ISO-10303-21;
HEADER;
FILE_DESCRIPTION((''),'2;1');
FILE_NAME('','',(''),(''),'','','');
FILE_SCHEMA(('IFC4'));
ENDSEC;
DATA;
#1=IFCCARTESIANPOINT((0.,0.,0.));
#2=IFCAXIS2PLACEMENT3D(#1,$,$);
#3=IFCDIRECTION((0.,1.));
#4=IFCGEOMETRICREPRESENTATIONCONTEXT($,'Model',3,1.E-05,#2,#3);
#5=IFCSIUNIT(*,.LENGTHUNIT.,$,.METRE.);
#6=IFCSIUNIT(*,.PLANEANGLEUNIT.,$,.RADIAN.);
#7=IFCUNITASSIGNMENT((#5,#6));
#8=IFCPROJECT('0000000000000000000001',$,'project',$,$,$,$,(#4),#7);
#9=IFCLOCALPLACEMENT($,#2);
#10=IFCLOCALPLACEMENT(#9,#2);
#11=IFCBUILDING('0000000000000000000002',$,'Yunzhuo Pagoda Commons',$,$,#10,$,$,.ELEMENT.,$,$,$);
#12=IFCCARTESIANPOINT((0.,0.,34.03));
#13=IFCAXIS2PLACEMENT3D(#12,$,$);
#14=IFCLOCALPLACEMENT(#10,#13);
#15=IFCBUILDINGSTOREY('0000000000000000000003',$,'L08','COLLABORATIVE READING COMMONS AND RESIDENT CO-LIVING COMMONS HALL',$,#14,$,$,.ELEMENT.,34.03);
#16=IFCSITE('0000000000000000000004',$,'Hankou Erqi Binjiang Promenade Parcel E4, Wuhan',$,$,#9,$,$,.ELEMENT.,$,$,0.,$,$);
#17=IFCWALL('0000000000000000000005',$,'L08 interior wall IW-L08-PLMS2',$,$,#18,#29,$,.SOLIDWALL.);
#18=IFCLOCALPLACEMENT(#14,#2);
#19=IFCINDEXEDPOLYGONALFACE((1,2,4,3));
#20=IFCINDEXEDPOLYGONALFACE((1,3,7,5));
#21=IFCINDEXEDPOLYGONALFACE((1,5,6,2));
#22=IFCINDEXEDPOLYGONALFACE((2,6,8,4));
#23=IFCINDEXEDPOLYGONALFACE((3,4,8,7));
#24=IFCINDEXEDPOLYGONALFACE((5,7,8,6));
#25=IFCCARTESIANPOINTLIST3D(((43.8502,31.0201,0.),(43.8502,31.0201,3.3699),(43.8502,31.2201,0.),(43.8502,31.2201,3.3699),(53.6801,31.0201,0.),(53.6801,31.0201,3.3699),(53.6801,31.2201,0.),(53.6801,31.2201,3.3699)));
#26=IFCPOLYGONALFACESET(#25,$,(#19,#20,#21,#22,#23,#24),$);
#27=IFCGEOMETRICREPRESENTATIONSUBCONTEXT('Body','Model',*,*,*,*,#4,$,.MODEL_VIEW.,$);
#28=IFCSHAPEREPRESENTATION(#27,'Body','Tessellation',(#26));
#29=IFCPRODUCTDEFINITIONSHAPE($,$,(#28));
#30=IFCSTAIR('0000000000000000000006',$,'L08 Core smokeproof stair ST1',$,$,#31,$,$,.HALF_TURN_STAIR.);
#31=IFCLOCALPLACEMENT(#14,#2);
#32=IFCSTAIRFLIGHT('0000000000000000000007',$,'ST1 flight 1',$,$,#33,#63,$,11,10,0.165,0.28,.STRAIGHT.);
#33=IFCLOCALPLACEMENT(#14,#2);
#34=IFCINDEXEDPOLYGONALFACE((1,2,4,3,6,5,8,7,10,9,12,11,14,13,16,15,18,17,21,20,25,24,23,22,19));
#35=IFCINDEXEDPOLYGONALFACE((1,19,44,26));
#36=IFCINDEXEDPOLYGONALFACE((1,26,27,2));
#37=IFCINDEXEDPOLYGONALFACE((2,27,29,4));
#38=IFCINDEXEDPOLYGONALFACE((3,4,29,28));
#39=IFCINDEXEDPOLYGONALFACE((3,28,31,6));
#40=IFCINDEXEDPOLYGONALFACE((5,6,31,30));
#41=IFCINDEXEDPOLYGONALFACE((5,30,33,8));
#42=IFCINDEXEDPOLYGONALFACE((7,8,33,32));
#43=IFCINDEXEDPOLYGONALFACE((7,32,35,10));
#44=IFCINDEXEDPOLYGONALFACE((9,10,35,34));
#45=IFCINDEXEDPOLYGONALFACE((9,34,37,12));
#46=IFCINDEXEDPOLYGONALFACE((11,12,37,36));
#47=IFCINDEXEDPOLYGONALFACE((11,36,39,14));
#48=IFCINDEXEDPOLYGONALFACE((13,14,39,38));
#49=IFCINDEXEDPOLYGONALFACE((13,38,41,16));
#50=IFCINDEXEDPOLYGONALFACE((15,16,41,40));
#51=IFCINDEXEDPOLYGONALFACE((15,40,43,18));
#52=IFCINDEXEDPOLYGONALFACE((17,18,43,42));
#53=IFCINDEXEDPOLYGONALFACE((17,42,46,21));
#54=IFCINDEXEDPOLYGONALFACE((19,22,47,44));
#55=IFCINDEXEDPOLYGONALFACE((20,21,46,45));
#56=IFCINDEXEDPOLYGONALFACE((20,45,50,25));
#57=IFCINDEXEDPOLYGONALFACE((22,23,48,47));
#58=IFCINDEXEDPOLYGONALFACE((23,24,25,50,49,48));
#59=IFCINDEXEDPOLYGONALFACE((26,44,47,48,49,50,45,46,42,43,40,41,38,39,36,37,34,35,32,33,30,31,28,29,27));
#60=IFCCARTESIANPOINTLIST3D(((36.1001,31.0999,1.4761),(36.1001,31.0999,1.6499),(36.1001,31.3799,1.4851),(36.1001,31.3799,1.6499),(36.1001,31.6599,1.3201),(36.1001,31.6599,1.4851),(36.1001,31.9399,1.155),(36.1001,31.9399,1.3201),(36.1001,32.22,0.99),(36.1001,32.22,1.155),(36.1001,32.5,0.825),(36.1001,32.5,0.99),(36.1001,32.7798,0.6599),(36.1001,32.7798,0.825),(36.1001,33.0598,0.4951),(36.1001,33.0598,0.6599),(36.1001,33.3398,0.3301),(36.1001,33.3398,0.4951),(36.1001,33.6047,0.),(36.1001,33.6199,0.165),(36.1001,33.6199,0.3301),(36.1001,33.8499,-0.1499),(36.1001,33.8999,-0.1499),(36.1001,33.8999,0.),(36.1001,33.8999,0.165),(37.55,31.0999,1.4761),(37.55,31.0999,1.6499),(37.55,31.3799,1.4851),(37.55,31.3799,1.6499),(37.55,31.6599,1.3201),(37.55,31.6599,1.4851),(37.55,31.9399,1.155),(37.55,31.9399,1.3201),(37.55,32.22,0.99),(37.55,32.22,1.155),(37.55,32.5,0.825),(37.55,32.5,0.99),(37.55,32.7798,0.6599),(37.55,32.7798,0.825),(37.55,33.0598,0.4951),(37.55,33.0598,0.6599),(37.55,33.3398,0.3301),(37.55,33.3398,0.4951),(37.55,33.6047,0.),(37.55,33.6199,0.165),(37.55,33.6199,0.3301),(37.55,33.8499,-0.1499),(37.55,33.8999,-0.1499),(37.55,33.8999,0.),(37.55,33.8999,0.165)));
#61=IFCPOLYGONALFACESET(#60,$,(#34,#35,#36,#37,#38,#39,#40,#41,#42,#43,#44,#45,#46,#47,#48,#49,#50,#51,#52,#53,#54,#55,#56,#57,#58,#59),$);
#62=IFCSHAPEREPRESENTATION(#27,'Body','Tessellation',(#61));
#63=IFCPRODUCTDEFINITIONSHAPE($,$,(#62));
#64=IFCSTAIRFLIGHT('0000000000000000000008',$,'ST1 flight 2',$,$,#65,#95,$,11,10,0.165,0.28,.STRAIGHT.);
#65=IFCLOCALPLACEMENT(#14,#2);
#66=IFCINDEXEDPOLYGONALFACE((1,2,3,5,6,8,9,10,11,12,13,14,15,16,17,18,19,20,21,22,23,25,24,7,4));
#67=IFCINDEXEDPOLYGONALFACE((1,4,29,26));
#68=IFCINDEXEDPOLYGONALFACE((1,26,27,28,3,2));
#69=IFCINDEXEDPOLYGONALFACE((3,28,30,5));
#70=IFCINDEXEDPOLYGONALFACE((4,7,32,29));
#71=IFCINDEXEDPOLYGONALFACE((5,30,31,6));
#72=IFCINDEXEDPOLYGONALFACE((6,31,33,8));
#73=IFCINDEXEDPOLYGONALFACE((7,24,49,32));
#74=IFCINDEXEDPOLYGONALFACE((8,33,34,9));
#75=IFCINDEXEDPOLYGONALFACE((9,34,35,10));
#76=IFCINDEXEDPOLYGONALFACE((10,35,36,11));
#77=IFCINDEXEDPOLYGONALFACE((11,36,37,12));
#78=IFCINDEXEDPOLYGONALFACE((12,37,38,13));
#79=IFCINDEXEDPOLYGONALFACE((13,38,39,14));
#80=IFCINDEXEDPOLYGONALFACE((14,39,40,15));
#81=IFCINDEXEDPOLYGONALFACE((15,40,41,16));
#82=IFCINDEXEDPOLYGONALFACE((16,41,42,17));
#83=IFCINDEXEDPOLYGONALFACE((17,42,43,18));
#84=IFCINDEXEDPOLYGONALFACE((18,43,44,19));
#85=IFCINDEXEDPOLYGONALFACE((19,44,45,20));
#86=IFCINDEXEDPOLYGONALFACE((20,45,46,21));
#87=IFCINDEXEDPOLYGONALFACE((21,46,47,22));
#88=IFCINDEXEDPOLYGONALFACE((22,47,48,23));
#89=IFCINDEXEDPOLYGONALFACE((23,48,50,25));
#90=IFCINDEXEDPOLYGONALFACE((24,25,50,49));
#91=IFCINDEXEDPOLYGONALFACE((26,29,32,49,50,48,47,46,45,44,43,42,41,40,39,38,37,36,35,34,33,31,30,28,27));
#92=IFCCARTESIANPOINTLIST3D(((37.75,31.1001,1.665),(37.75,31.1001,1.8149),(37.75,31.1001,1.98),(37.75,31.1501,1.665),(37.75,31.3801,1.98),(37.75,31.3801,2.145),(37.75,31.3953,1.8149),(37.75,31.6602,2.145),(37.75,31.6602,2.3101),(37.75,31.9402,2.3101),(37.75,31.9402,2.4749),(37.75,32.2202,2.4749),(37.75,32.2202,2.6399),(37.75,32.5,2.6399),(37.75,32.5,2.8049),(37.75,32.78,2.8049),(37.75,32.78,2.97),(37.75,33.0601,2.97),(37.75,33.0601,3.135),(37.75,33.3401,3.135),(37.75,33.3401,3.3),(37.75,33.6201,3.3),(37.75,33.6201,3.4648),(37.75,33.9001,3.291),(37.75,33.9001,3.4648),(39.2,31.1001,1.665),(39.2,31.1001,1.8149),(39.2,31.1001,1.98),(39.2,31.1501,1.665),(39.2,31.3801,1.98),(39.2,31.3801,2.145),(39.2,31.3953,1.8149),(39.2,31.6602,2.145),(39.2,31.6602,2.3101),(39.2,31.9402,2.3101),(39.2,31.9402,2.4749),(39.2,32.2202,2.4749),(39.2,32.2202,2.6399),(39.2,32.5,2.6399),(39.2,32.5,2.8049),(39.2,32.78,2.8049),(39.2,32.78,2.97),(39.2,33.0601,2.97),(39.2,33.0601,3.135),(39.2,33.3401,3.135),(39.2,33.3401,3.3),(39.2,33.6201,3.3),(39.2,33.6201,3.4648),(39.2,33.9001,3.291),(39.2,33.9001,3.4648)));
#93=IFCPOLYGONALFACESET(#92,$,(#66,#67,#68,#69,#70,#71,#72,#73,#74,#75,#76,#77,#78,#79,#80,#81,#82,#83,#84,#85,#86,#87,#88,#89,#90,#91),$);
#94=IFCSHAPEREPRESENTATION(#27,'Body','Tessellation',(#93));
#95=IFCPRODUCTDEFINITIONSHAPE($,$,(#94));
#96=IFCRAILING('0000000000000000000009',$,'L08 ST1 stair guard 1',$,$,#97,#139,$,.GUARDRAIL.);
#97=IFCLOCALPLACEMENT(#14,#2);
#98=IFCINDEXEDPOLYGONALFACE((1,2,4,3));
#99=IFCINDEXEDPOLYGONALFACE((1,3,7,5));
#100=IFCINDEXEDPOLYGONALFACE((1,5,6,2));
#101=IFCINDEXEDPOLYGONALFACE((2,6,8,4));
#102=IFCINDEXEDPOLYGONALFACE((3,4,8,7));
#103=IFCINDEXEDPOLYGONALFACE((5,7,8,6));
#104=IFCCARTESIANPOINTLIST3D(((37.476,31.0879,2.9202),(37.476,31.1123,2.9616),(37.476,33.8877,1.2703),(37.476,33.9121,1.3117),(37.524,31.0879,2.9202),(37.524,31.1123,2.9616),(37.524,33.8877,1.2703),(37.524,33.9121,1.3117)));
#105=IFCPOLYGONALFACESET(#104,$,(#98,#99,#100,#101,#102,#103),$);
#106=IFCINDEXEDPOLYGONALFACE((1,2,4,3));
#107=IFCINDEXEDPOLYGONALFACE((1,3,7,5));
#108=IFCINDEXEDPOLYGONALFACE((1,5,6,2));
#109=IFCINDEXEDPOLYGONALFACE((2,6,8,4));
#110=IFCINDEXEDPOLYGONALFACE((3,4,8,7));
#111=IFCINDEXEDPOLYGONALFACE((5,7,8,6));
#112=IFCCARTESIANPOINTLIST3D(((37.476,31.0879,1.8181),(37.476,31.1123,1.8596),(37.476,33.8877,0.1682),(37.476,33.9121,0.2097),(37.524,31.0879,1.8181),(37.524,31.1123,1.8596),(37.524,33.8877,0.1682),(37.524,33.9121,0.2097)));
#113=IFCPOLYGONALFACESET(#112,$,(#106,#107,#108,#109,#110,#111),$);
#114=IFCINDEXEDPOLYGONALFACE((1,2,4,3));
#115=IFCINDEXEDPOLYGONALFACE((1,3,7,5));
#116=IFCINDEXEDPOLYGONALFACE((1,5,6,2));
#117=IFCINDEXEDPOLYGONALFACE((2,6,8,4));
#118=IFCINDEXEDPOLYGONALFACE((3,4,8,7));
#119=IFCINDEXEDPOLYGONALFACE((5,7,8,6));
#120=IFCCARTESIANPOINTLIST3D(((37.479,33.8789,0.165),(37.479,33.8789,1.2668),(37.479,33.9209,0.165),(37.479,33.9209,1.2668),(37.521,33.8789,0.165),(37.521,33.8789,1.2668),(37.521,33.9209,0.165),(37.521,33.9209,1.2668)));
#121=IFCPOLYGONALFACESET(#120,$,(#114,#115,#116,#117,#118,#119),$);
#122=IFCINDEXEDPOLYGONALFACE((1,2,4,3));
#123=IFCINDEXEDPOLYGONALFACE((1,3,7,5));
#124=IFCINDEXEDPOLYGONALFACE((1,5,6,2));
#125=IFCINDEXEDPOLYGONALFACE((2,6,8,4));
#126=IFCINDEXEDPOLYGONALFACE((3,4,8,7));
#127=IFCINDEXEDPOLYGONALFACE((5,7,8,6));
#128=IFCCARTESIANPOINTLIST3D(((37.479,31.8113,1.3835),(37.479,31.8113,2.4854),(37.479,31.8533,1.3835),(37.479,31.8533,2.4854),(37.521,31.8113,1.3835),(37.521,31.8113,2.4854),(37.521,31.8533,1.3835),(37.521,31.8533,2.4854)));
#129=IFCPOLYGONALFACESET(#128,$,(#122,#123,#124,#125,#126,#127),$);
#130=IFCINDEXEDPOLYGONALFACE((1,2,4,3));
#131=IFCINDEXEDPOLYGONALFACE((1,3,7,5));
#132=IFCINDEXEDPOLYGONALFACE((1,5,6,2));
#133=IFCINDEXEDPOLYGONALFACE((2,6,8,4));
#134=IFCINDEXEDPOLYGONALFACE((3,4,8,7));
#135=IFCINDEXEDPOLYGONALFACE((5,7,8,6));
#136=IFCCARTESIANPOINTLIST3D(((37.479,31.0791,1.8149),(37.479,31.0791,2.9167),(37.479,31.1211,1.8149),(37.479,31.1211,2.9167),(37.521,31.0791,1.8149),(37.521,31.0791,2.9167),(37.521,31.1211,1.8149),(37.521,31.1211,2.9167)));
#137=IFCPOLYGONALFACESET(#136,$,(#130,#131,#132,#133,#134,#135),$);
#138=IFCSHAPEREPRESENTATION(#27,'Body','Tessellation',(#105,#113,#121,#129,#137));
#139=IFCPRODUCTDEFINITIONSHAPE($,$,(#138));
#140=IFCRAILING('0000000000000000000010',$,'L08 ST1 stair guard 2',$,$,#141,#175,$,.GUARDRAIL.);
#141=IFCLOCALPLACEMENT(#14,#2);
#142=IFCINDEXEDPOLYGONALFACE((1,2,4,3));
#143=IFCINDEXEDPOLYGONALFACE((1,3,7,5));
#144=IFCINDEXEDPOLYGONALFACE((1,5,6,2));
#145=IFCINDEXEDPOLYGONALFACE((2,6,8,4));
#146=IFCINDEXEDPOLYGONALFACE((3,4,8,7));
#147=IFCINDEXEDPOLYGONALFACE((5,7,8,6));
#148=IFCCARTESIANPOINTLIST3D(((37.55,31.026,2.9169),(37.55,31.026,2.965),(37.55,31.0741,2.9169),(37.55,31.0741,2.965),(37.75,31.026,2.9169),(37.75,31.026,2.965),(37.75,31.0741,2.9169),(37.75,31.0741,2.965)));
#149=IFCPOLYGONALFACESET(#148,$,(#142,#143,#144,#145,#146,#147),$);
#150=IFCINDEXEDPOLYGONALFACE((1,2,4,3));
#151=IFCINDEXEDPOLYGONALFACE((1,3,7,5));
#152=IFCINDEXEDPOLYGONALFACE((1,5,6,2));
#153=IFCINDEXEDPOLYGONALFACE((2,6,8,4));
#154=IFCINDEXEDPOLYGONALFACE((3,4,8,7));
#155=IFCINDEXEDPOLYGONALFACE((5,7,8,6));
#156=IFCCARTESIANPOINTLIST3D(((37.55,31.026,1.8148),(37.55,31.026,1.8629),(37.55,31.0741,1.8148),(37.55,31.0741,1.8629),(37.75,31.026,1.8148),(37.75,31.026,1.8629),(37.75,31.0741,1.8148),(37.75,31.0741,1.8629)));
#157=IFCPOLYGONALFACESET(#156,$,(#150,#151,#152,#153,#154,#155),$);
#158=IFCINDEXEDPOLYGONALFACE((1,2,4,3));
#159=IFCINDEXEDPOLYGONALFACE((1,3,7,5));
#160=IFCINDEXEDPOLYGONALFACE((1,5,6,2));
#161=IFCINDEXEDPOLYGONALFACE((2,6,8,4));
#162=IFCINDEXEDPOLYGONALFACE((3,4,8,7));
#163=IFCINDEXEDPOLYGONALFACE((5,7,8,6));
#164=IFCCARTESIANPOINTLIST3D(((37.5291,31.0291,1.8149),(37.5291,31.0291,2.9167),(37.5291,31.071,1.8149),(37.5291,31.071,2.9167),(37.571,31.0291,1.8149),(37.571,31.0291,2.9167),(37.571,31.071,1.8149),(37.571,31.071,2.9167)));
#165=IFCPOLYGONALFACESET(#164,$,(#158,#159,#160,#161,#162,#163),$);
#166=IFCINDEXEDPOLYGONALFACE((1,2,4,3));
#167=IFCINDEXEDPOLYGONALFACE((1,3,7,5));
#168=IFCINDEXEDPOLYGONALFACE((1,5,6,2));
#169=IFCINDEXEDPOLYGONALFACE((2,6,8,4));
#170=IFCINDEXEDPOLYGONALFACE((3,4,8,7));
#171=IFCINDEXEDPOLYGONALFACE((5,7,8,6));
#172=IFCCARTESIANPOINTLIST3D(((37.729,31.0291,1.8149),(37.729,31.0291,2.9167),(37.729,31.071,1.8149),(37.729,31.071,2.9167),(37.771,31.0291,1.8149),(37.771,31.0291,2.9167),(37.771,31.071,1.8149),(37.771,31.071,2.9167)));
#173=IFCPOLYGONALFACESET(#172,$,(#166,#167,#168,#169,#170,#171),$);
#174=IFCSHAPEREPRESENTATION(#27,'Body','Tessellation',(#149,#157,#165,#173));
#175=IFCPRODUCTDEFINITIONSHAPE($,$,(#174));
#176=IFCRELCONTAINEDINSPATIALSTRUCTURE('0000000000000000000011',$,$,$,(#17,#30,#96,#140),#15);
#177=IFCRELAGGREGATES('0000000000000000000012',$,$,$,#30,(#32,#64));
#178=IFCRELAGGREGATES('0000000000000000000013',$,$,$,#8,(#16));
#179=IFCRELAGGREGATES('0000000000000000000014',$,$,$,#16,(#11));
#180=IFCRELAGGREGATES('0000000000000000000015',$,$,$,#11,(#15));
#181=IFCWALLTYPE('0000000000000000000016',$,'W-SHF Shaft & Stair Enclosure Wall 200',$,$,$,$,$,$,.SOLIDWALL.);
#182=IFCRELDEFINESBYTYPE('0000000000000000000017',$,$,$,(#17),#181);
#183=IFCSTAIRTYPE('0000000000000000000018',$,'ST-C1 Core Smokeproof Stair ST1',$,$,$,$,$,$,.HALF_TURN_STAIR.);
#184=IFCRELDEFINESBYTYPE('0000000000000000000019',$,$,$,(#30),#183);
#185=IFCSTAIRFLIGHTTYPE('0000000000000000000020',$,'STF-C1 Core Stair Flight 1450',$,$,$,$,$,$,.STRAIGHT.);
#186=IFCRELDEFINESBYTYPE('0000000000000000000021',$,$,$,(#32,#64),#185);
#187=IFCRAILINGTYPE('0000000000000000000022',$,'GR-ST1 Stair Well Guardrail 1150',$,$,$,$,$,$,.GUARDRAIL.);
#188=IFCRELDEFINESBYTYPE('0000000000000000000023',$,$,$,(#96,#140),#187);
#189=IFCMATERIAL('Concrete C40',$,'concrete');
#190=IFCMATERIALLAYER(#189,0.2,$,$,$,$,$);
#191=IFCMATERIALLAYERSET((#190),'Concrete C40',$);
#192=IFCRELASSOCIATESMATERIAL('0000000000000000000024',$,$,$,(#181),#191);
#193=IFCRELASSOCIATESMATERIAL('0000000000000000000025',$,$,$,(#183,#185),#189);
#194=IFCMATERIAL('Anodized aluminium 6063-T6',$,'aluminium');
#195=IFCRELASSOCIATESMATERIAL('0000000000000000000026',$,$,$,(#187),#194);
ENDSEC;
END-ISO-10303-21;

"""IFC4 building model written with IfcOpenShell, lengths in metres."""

from ifc_helpers import new_model, si_unit, direction, frame, frame_2d, origin, origin_2d, place, context, subcontext, project, spatial, polyline, rectangle, outline, extrude, source, transform, mapped, material, layer, layer_set, type_object, element, aggregate, save


model = new_model("IFC4")

# Units and contexts
model_context = context("Model", 3, precision=1e-05, world=origin(), true_north=direction((0.0, 1.0)))
body_context = subcontext(model_context, "Body", "Model", "MODEL_VIEW")
ifc_project = project(units=[si_unit("LENGTHUNIT", "METRE"), si_unit("PLANEANGLEUNIT", "RADIAN")], contexts=[model_context])

# Site, building, storey
site_placement = place(None, origin())
site = spatial("IfcSite", under=ifc_project, at=site_placement, Name="Hankou Erqi Binjiang Promenade Parcel E4, Wuhan", CompositionType="ELEMENT", RefElevation=0.0)
building_placement = place(site_placement, origin())
building = spatial("IfcBuilding", under=site, at=building_placement, Name="Yunzhuo Pagoda Commons", CompositionType="ELEMENT")
storey_placement = place(building_placement, frame((0.0, 0.0, 34.03)))
storey = spatial("IfcBuildingStorey", under=building, at=storey_placement, Name="L08", Description="COLLABORATIVE READING COMMONS AND RESIDENT CO-LIVING COMMONS HALL", CompositionType="ELEMENT", Elevation=34.03)

# Shared definitions
ifc_material_1 = material(Name="Concrete C40", Category="concrete")
ifc_layer_1 = layer(ifc_material_1, 0.2)
ifc_layer_set_1 = layer_set([ifc_layer_1], Name="Concrete C40")
wall_type_1 = type_object("IfcWallType", Name="W-SHF Shaft & Stair Enclosure Wall 200", PredefinedType="SOLIDWALL", material=ifc_layer_set_1)

# Wall
wall_1_placement = place(storey_placement, frame((43.8501, 31.1201, 0.0), z_axis=(0.0, 0.0, 1.0), x_axis=(1.0, 0.0, 0.0)))
element("IfcWall", 1, at=wall_1_placement, inside=storey, type_object=wall_type_1, Name="L08 interior wall IW-L08-PLMS2", PredefinedType="SOLIDWALL", context=body_context, shape_type="SweptSolid", body=[
    extrude(rectangle(XDim=9.8298, YDim=0.2, at=frame_2d((4.915, 0.0))), origin(), (0.0, 0.0, 1.0), 3.3699),
])

# Stair, stair flights
stair_type = type_object("IfcStairType", Name="ST-C1 Core Smokeproof Stair ST1", PredefinedType="HALF_TURN_STAIR", material=ifc_material_1)
stair_placement = place(storey_placement, origin())
stair = element("IfcStair", 2, at=stair_placement, inside=storey, type_object=stair_type, Name="L08 Core smokeproof stair ST1", PredefinedType="HALF_TURN_STAIR")
stair_flight_type = type_object("IfcStairFlightType", Name="STF-C1 Core Stair Flight 1450", PredefinedType="STRAIGHT", material=ifc_material_1)
shared_shape_1 = source(origin(), body_context, "Body", "SweptSolid", [
    extrude(outline(polyline([(0.0, -0.1499), (0.0, 0.0), (0.0, 0.165), (0.28, 0.165), (0.28, 0.3301), (0.5601, 0.3301), (0.5601, 0.4951), (0.8401, 0.4951), (0.8401, 0.6599), (1.1201, 0.6599), (1.1201, 0.825), (1.3999, 0.825), (1.3999, 0.99), (1.6799, 0.99), (1.6799, 1.155), (1.96, 1.155), (1.96, 1.3201), (2.24, 1.3201), (2.24, 1.4851), (2.52, 1.4851), (2.52, 1.6499), (2.8, 1.6499), (2.8, 1.8149), (2.8, 1.4761), (0.2952, 0.0), (0.05, -0.1499), (0.0, -0.1499)])), frame((0.0, 0.7251, 0.0), z_axis=(0.0, -1.0, 0.0), x_axis=(1.0, 0.0, 0.0)), (0.0, 0.0, 1.0), 1.45),
])
stair_flight_1_placement = place(storey_placement, frame((36.825, 33.8999, 0.0), z_axis=(0.0, 0.0, 1.0), x_axis=(0.0, -1.0, 0.0)))
stair_flight_1 = element("IfcStairFlight", 3, at=stair_flight_1_placement, type_object=stair_flight_type, Name="ST1 flight 1", NumberOfRisers=11, NumberOfTreads=10, PredefinedType="STRAIGHT", RiserHeight=0.165, TreadLength=0.28, context=body_context, shape_type="MappedRepresentation", body=[
    mapped(shared_shape_1, transform((0.0, 0.0, 0.0), scale=1.0)),
])
stair_flight_2_placement = place(storey_placement, frame((38.4751, 31.1001, 1.8149), z_axis=(0.0, 0.0, 1.0), x_axis=(0.0, 1.0, 0.0)))
stair_flight_2 = element("IfcStairFlight", 4, at=stair_flight_2_placement, type_object=stair_flight_type, Name="ST1 flight 2", NumberOfRisers=11, NumberOfTreads=10, PredefinedType="STRAIGHT", RiserHeight=0.165, TreadLength=0.28, context=body_context, shape_type="MappedRepresentation", body=[
    mapped(shared_shape_1, transform((0.0, 0.0, 0.0), scale=1.0)),
])
aggregate(stair, [stair_flight_1, stair_flight_2])

# Railings
ifc_material_2 = material(Name="Anodized aluminium 6063-T6", Category="aluminium")
railing_type_1 = type_object("IfcRailingType", Name="GR-ST1 Stair Well Guardrail 1150", PredefinedType="GUARDRAIL", material=ifc_material_2)
railing_1_placement = place(storey_placement, frame((37.5, 33.8999, 0.165)))
element("IfcRailing", 5, at=railing_1_placement, inside=storey, type_object=railing_type_1, Name="L08 ST1 stair guard 1", PredefinedType="GUARDRAIL", context=body_context, shape_type="SweptSolid", body=[
    extrude(rectangle(XDim=0.0481, YDim=0.0481, at=origin_2d()), frame((0.0, 0.0, 1.126), z_axis=(0.0, -0.861536, 0.507696), x_axis=(1.0, 0.0, 0.0)), (0.0, 0.0, 1.0), 3.2498),
    extrude(rectangle(XDim=0.0481, YDim=0.0481, at=origin_2d()), frame((0.0, 0.0, 0.0239), z_axis=(0.0, -0.861536, 0.507696), x_axis=(1.0, 0.0, 0.0)), (0.0, 0.0, 1.0), 3.2498),
    extrude(rectangle(XDim=0.042, YDim=0.042, at=origin_2d()), origin(), (0.0, 0.0, 1.0), 1.1018),
    extrude(rectangle(XDim=0.042, YDim=0.042, at=origin_2d()), frame((0.0, -2.0676, 1.2185)), (0.0, 0.0, 1.0), 1.1018),
    extrude(rectangle(XDim=0.042, YDim=0.042, at=origin_2d()), frame((0.0, -2.7998, 1.6499)), (0.0, 0.0, 1.0), 1.1018),
])
railing_2_placement = place(storey_placement, frame((37.55, 31.05, 1.8149)))
element("IfcRailing", 6, at=railing_2_placement, inside=storey, type_object=railing_type_1, Name="L08 ST1 stair guard 2", PredefinedType="GUARDRAIL", context=body_context, shape_type="SweptSolid", body=[
    extrude(rectangle(XDim=0.0481, YDim=0.0481, at=origin_2d()), frame((0.0, 0.0, 1.126), z_axis=(1.0, 0.0, 0.0), x_axis=(0.0, 1.0, 0.0)), (0.0, 0.0, 1.0), 0.2),
    extrude(rectangle(XDim=0.0481, YDim=0.0481, at=origin_2d()), frame((0.0, 0.0, 0.0239), z_axis=(1.0, 0.0, 0.0), x_axis=(0.0, 1.0, 0.0)), (0.0, 0.0, 1.0), 0.2),
    extrude(rectangle(XDim=0.042, YDim=0.042, at=origin_2d()), origin(), (0.0, 0.0, 1.0), 1.1018),
    extrude(rectangle(XDim=0.042, YDim=0.042, at=origin_2d()), frame((0.2, 0.0, 0.0)), (0.0, 0.0, 1.0), 1.1018),
])

save(model, "model.ifc")
